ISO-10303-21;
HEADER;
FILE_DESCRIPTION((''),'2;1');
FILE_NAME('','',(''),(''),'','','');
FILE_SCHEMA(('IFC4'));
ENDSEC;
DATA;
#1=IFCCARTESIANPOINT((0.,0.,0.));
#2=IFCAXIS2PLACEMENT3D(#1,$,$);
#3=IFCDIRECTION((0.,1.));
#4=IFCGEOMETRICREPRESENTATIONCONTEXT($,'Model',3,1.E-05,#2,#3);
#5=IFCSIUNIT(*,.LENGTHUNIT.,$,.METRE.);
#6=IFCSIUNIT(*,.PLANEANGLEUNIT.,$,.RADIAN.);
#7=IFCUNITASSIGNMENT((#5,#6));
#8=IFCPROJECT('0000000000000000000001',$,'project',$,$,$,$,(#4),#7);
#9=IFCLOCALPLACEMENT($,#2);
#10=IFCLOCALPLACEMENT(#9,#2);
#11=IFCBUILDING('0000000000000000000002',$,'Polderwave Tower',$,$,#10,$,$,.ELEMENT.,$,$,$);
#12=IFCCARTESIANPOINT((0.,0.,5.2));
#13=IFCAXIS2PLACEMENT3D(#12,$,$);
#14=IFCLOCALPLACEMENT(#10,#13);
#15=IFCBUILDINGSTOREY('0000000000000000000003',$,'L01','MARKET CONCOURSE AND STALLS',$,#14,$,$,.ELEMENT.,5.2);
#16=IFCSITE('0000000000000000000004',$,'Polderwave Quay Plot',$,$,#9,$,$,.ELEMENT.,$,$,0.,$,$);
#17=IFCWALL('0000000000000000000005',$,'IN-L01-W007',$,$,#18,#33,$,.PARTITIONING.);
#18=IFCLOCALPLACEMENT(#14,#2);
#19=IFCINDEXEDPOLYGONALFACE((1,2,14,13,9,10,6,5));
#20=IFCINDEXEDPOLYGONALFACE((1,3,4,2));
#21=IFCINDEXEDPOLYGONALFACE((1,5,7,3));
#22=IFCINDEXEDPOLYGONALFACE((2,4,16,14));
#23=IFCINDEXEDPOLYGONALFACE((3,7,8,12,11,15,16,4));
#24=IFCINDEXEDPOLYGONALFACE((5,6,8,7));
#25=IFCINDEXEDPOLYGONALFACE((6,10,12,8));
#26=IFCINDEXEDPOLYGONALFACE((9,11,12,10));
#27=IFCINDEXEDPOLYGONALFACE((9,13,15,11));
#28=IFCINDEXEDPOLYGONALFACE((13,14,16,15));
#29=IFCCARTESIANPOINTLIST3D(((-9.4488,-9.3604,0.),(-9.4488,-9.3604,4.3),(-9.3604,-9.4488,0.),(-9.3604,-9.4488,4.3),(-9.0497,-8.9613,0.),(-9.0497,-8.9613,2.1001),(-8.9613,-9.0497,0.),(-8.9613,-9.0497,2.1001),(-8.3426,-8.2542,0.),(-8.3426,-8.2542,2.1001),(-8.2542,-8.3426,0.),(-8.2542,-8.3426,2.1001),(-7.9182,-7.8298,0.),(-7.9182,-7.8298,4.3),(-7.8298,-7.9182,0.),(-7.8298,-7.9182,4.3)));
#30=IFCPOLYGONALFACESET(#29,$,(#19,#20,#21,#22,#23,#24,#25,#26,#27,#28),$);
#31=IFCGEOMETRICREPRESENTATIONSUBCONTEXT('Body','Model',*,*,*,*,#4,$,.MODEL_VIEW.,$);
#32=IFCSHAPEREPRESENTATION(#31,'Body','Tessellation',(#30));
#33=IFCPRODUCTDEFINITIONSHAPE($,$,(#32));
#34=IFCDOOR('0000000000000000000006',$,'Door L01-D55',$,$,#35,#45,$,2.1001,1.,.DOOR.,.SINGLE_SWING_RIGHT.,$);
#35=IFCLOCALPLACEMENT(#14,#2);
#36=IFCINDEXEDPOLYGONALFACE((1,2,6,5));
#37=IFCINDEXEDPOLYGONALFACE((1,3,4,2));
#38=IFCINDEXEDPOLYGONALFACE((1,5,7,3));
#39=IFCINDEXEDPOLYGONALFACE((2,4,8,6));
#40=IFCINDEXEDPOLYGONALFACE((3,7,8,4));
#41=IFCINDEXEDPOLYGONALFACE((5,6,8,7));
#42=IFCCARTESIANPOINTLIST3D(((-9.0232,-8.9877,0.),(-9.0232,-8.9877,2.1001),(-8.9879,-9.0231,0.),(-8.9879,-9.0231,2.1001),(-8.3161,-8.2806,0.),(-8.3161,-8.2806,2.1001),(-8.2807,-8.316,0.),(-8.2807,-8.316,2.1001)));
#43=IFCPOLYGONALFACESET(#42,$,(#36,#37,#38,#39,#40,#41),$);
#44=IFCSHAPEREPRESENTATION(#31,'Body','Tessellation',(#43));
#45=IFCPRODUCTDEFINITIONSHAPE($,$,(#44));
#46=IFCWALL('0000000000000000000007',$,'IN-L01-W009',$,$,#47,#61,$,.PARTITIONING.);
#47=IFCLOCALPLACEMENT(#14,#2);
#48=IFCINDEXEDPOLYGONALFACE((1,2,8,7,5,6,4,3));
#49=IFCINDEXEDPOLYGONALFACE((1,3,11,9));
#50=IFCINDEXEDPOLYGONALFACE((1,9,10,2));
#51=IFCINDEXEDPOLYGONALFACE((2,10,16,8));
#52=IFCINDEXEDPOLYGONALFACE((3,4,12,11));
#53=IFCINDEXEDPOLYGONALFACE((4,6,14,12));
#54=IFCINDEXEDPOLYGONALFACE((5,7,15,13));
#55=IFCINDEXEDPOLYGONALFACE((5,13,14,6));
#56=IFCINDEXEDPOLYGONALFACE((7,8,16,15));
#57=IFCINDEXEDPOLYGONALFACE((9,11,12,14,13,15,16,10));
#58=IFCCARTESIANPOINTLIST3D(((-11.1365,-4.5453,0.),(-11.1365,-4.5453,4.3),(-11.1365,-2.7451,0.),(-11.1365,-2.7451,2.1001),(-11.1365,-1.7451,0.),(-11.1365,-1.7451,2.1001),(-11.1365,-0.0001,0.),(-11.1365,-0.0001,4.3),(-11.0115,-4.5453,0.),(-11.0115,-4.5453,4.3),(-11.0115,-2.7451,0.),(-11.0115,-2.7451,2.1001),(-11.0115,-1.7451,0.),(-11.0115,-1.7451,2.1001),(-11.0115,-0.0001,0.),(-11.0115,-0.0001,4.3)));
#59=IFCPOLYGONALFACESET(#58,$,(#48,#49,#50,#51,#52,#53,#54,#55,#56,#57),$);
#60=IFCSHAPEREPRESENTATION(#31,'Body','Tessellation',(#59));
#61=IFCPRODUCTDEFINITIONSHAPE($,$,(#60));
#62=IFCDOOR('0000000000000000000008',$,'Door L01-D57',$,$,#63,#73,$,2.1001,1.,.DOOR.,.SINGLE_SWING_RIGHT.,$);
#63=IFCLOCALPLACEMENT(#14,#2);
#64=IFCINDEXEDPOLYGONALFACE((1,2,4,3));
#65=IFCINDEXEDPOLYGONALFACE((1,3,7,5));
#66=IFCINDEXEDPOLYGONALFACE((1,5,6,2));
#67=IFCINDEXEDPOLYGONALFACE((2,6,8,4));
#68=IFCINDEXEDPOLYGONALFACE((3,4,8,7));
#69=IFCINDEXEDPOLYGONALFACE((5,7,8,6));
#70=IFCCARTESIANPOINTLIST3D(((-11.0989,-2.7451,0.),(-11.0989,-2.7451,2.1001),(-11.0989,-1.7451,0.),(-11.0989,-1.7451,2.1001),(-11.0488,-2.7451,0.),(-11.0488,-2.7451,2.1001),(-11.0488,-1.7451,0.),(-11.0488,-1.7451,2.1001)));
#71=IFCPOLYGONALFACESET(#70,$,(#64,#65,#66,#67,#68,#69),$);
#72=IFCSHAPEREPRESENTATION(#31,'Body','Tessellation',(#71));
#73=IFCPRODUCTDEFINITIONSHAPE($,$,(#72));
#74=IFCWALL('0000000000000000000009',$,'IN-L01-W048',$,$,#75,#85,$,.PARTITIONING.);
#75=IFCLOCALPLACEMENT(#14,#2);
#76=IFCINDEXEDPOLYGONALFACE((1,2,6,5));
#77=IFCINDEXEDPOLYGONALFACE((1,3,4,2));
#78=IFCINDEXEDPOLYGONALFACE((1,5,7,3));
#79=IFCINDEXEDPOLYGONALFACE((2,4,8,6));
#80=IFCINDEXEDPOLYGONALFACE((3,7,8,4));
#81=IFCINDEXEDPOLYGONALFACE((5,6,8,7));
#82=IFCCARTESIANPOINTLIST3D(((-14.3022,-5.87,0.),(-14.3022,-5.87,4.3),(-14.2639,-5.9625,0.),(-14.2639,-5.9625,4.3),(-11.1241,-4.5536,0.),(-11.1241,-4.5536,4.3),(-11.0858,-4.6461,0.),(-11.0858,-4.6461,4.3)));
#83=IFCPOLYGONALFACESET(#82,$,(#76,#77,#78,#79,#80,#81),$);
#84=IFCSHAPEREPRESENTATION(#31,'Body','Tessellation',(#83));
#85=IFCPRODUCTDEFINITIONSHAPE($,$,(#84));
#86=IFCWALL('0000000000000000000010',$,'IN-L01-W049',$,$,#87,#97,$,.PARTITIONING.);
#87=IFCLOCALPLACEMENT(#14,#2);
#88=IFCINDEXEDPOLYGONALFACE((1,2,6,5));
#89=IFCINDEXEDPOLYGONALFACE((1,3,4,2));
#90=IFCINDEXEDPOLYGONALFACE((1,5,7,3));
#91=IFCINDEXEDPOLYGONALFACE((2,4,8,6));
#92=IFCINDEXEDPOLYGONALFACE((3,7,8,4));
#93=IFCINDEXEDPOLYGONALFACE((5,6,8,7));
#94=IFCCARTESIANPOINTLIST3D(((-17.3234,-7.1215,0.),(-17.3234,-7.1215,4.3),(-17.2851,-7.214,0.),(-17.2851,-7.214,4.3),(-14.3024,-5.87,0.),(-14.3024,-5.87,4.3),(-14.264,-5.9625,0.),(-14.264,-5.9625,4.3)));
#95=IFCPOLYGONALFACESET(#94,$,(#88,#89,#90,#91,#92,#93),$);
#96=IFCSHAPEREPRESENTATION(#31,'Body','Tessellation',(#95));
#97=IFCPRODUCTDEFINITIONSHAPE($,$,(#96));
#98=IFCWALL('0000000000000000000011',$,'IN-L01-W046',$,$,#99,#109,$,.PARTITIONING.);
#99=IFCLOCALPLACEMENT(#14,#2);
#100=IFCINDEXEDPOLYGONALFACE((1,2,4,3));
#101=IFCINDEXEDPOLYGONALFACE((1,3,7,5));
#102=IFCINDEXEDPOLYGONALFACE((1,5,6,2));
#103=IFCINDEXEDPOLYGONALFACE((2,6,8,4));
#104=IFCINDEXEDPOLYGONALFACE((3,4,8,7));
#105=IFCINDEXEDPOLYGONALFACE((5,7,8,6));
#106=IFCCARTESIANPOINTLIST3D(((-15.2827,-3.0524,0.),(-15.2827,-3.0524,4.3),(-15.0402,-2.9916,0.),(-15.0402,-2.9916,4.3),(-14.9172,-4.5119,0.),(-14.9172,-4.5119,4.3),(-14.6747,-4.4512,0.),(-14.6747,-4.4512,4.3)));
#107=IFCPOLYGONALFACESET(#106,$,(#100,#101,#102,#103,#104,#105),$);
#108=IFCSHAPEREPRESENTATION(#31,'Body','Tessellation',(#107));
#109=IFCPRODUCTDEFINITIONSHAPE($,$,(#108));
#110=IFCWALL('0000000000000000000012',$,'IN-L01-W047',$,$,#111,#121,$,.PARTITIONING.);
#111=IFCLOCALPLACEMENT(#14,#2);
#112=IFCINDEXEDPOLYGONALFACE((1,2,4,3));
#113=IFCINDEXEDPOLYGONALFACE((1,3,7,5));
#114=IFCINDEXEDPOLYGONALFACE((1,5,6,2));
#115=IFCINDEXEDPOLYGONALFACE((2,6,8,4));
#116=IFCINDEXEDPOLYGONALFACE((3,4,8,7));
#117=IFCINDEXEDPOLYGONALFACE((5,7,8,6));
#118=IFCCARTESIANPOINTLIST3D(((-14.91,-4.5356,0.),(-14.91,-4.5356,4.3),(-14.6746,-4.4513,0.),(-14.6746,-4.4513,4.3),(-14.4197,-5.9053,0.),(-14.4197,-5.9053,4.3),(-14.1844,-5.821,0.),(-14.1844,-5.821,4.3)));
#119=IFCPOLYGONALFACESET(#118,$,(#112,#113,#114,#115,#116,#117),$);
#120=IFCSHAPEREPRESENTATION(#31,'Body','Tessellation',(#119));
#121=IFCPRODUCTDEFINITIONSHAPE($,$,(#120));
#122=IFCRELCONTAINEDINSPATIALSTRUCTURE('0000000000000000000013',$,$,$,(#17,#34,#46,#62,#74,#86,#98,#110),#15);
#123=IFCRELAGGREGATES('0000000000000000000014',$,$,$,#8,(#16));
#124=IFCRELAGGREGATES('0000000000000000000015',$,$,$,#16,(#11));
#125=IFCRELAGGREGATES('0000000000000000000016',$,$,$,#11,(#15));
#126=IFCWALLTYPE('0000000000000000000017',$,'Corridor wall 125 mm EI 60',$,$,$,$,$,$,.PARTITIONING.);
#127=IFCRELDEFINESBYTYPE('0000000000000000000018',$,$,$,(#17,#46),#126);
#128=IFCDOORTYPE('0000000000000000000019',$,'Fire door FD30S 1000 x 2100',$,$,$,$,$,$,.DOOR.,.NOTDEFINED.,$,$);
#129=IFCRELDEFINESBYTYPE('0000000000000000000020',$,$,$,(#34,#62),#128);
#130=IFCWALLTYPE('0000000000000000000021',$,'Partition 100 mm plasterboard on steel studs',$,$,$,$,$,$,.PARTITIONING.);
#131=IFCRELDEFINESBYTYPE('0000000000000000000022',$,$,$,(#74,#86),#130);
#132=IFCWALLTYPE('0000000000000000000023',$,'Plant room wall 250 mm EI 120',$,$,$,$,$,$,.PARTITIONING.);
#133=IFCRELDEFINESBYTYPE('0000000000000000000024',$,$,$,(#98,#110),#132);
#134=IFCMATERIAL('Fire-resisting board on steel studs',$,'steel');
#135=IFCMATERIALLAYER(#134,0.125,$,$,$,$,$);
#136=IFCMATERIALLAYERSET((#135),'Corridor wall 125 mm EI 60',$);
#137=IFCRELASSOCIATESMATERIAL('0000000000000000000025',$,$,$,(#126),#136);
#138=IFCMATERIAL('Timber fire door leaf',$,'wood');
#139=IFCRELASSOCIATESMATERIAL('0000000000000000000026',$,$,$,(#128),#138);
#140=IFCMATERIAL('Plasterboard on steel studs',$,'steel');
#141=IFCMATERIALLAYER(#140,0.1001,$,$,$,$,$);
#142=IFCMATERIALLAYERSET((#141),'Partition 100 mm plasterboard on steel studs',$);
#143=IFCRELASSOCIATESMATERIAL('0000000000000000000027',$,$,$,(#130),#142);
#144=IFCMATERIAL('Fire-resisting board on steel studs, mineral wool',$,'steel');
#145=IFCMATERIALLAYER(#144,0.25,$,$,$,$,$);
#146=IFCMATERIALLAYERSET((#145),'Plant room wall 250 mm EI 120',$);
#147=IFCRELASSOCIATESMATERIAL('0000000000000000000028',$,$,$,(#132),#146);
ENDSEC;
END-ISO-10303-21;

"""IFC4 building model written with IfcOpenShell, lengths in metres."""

from ifc_helpers import new_model, si_unit, direction, frame, frame_2d, origin, place, context, subcontext, project, spatial, rectangle, extrude, material, layer, layer_set, type_object, element, fill, save


model = new_model("IFC4")

# Units and contexts
model_context = context("Model", 3, precision=1e-05, world=origin(), true_north=direction((0.0, 1.0)))
body_context = subcontext(model_context, "Body", "Model", "MODEL_VIEW")
ifc_project = project(units=[si_unit("LENGTHUNIT", "METRE"), si_unit("PLANEANGLEUNIT", "RADIAN")], contexts=[model_context])

# Site, building, storey
site_placement = place(None, origin())
site = spatial("IfcSite", under=ifc_project, at=site_placement, Name="Polderwave Quay Plot", CompositionType="ELEMENT", RefElevation=0.0)
building_placement = place(site_placement, origin())
building = spatial("IfcBuilding", under=site, at=building_placement, Name="Polderwave Tower", CompositionType="ELEMENT")
storey_placement = place(building_placement, frame((0.0, 0.0, 5.2)))
storey = spatial("IfcBuildingStorey", under=building, at=storey_placement, Name="L01", Description="MARKET CONCOURSE AND STALLS", CompositionType="ELEMENT", Elevation=5.2)

# Walls, openings, doors
ifc_material_1 = material(Name="Fire-resisting board on steel studs", Category="steel")
ifc_layer_1 = layer(ifc_material_1, 0.125)
ifc_layer_set_1 = layer_set([ifc_layer_1], Name="Corridor wall 125 mm EI 60")
wall_type_1 = type_object("IfcWallType", Name="Corridor wall 125 mm EI 60", PredefinedType="PARTITIONING", material=ifc_layer_set_1)
wall_1_placement = place(storey_placement, frame((-7.874, -7.874, 0.0), z_axis=(0.0, 0.0, 1.0), x_axis=(-0.707107, -0.707107, 0.0)))
wall_1 = element("IfcWall", 1, at=wall_1_placement, inside=storey, type_object=wall_type_1, Name="IN-L01-W007", PredefinedType="PARTITIONING", context=body_context, shape_type="SweptSolid", body=[
    extrude(rectangle(XDim=2.1646, YDim=0.125, at=frame_2d((1.0823, 0.0))), origin(), (0.0, 0.0, 1.0), 4.3),
])
opening_1_placement = place(wall_1_placement, frame((0.6001, 0.0, 0.0)))
opening_1 = element("IfcOpeningElement", 2, at=opening_1_placement, cuts=wall_1, PredefinedType="OPENING", context=body_context, shape_type="SweptSolid", body=[
    extrude(rectangle(XDim=1.0, YDim=2.1001, at=frame_2d((0.5, 1.05))), frame((0.0, 0.0725, 0.0), z_axis=(0.0, -1.0, 0.0), x_axis=(1.0, 0.0, 0.0)), (0.0, 0.0, 1.0), 0.145),
])
ifc_material_2 = material(Name="Timber fire door leaf", Category="wood")
door_type_1 = type_object("IfcDoorType", Name="Fire door FD30S 1000 x 2100", OperationType="NOTDEFINED", PredefinedType="DOOR", material=ifc_material_2)
door_1_placement = place(opening_1_placement, origin())
door_1 = element("IfcDoor", 3, at=door_1_placement, inside=storey, type_object=door_type_1, Name="Door L01-D55", OperationType="SINGLE_SWING_RIGHT", OverallHeight=2.1001, OverallWidth=1.0, PredefinedType="DOOR", context=body_context, shape_type="SweptSolid", body=[
    extrude(rectangle(XDim=1.0, YDim=2.1001, at=frame_2d((0.5, 1.05))), frame((0.0, 0.0249, 0.0), z_axis=(0.0, -1.0, 0.0), x_axis=(1.0, 0.0, 0.0)), (0.0, 0.0, 1.0), 0.05),
])
fill(opening_1, door_1)
wall_2_placement = place(storey_placement, frame((-11.074, -4.5452, 0.0), z_axis=(0.0, 0.0, 1.0), x_axis=(0.0, 1.0, 0.0)))
wall_2 = element("IfcWall", 4, at=wall_2_placement, inside=storey, type_object=wall_type_1, Name="IN-L01-W009", PredefinedType="PARTITIONING", context=body_context, shape_type="SweptSolid", body=[
    extrude(rectangle(XDim=4.5452, YDim=0.125, at=frame_2d((2.2725, 0.0))), origin(), (0.0, 0.0, 1.0), 4.3),
])
opening_2_placement = place(wall_2_placement, frame((1.8, 0.0, 0.0)))
opening_2 = element("IfcOpeningElement", 5, at=opening_2_placement, cuts=wall_2, PredefinedType="OPENING", context=body_context, shape_type="SweptSolid", body=[
    extrude(rectangle(XDim=1.0, YDim=2.1001, at=frame_2d((0.5, 1.05))), frame((0.0, 0.0725, 0.0), z_axis=(0.0, -1.0, 0.0), x_axis=(1.0, 0.0, 0.0)), (0.0, 0.0, 1.0), 0.145),
])
door_2_placement = place(opening_2_placement, origin())
door_2 = element("IfcDoor", 6, at=door_2_placement, inside=storey, type_object=door_type_1, Name="Door L01-D57", OperationType="SINGLE_SWING_RIGHT", OverallHeight=2.1001, OverallWidth=1.0, PredefinedType="DOOR", context=body_context, shape_type="SweptSolid", body=[
    extrude(rectangle(XDim=1.0, YDim=2.1001, at=frame_2d((0.5, 1.05))), frame((0.0, 0.0249, 0.0), z_axis=(0.0, -1.0, 0.0), x_axis=(1.0, 0.0, 0.0)), (0.0, 0.0, 1.0), 0.05),
])
fill(opening_2, door_2)

# Walls
ifc_material_3 = material(Name="Plasterboard on steel studs", Category="steel")
ifc_layer_2 = layer(ifc_material_3, 0.1001)
ifc_layer_set_2 = layer_set([ifc_layer_2], Name="Partition 100 mm plasterboard on steel studs")
wall_type_2 = type_object("IfcWallType", Name="Partition 100 mm plasterboard on steel studs", PredefinedType="PARTITIONING", material=ifc_layer_set_2)
wall_3_placement = place(storey_placement, frame((-11.105, -4.5999, 0.0), z_axis=(0.0, 0.0, 1.0), x_axis=(-0.923885, -0.382669, 0.0)))
element("IfcWall", 7, at=wall_3_placement, inside=storey, type_object=wall_type_2, Name="IN-L01-W048", PredefinedType="PARTITIONING", context=body_context, shape_type="SweptSolid", body=[
    extrude(rectangle(XDim=3.4399, YDim=0.1001, at=frame_2d((1.72, 0.0))), origin(), (0.0, 0.0, 1.0), 4.3),
])
wall_4_placement = place(storey_placement, frame((-14.2832, -5.9163, 0.0), z_axis=(0.0, 0.0, 1.0), x_axis=(-0.923866, -0.382717, 0.0)))
element("IfcWall", 8, at=wall_4_placement, inside=storey, type_object=wall_type_2, Name="IN-L01-W049", PredefinedType="PARTITIONING", context=body_context, shape_type="SweptSolid", body=[
    extrude(rectangle(XDim=3.27, YDim=0.1001, at=frame_2d((1.635, 0.0))), origin(), (0.0, 0.0, 1.0), 4.3),
])
ifc_material_4 = material(Name="Fire-resisting board on steel studs, mineral wool", Category="steel")
ifc_layer_3 = layer(ifc_material_4, 0.25)
ifc_layer_set_3 = layer_set([ifc_layer_3], Name="Plant room wall 250 mm EI 120")
wall_type_3 = type_object("IfcWallType", Name="Plant room wall 250 mm EI 120", PredefinedType="PARTITIONING", material=ifc_layer_set_3)
wall_5_placement = place(storey_placement, frame((-14.7959, -4.4817, 0.0), z_axis=(0.0, 0.0, 1.0), x_axis=(-0.242917, 0.970047, 0.0)))
element("IfcWall", 9, at=wall_5_placement, inside=storey, type_object=wall_type_3, Name="IN-L01-W046", PredefinedType="PARTITIONING", context=body_context, shape_type="SweptSolid", body=[
    extrude(rectangle(XDim=1.5046, YDim=0.25, at=frame_2d((0.7524, 0.0))), origin(), (0.0, 0.0, 1.0), 4.3),
])
wall_6_placement = place(storey_placement, frame((-14.302, -5.8633, 0.0), z_axis=(0.0, 0.0, 1.0), x_axis=(-0.336995, 0.941506, 0.0)))
element("IfcWall", 10, at=wall_6_placement, inside=storey, type_object=wall_type_3, Name="IN-L01-W047", PredefinedType="PARTITIONING", context=body_context, shape_type="SweptSolid", body=[
    extrude(rectangle(XDim=1.4548, YDim=0.25, at=frame_2d((0.7275, 0.0))), origin(), (0.0, 0.0, 1.0), 4.3),
])

save(model, "model.ifc")
